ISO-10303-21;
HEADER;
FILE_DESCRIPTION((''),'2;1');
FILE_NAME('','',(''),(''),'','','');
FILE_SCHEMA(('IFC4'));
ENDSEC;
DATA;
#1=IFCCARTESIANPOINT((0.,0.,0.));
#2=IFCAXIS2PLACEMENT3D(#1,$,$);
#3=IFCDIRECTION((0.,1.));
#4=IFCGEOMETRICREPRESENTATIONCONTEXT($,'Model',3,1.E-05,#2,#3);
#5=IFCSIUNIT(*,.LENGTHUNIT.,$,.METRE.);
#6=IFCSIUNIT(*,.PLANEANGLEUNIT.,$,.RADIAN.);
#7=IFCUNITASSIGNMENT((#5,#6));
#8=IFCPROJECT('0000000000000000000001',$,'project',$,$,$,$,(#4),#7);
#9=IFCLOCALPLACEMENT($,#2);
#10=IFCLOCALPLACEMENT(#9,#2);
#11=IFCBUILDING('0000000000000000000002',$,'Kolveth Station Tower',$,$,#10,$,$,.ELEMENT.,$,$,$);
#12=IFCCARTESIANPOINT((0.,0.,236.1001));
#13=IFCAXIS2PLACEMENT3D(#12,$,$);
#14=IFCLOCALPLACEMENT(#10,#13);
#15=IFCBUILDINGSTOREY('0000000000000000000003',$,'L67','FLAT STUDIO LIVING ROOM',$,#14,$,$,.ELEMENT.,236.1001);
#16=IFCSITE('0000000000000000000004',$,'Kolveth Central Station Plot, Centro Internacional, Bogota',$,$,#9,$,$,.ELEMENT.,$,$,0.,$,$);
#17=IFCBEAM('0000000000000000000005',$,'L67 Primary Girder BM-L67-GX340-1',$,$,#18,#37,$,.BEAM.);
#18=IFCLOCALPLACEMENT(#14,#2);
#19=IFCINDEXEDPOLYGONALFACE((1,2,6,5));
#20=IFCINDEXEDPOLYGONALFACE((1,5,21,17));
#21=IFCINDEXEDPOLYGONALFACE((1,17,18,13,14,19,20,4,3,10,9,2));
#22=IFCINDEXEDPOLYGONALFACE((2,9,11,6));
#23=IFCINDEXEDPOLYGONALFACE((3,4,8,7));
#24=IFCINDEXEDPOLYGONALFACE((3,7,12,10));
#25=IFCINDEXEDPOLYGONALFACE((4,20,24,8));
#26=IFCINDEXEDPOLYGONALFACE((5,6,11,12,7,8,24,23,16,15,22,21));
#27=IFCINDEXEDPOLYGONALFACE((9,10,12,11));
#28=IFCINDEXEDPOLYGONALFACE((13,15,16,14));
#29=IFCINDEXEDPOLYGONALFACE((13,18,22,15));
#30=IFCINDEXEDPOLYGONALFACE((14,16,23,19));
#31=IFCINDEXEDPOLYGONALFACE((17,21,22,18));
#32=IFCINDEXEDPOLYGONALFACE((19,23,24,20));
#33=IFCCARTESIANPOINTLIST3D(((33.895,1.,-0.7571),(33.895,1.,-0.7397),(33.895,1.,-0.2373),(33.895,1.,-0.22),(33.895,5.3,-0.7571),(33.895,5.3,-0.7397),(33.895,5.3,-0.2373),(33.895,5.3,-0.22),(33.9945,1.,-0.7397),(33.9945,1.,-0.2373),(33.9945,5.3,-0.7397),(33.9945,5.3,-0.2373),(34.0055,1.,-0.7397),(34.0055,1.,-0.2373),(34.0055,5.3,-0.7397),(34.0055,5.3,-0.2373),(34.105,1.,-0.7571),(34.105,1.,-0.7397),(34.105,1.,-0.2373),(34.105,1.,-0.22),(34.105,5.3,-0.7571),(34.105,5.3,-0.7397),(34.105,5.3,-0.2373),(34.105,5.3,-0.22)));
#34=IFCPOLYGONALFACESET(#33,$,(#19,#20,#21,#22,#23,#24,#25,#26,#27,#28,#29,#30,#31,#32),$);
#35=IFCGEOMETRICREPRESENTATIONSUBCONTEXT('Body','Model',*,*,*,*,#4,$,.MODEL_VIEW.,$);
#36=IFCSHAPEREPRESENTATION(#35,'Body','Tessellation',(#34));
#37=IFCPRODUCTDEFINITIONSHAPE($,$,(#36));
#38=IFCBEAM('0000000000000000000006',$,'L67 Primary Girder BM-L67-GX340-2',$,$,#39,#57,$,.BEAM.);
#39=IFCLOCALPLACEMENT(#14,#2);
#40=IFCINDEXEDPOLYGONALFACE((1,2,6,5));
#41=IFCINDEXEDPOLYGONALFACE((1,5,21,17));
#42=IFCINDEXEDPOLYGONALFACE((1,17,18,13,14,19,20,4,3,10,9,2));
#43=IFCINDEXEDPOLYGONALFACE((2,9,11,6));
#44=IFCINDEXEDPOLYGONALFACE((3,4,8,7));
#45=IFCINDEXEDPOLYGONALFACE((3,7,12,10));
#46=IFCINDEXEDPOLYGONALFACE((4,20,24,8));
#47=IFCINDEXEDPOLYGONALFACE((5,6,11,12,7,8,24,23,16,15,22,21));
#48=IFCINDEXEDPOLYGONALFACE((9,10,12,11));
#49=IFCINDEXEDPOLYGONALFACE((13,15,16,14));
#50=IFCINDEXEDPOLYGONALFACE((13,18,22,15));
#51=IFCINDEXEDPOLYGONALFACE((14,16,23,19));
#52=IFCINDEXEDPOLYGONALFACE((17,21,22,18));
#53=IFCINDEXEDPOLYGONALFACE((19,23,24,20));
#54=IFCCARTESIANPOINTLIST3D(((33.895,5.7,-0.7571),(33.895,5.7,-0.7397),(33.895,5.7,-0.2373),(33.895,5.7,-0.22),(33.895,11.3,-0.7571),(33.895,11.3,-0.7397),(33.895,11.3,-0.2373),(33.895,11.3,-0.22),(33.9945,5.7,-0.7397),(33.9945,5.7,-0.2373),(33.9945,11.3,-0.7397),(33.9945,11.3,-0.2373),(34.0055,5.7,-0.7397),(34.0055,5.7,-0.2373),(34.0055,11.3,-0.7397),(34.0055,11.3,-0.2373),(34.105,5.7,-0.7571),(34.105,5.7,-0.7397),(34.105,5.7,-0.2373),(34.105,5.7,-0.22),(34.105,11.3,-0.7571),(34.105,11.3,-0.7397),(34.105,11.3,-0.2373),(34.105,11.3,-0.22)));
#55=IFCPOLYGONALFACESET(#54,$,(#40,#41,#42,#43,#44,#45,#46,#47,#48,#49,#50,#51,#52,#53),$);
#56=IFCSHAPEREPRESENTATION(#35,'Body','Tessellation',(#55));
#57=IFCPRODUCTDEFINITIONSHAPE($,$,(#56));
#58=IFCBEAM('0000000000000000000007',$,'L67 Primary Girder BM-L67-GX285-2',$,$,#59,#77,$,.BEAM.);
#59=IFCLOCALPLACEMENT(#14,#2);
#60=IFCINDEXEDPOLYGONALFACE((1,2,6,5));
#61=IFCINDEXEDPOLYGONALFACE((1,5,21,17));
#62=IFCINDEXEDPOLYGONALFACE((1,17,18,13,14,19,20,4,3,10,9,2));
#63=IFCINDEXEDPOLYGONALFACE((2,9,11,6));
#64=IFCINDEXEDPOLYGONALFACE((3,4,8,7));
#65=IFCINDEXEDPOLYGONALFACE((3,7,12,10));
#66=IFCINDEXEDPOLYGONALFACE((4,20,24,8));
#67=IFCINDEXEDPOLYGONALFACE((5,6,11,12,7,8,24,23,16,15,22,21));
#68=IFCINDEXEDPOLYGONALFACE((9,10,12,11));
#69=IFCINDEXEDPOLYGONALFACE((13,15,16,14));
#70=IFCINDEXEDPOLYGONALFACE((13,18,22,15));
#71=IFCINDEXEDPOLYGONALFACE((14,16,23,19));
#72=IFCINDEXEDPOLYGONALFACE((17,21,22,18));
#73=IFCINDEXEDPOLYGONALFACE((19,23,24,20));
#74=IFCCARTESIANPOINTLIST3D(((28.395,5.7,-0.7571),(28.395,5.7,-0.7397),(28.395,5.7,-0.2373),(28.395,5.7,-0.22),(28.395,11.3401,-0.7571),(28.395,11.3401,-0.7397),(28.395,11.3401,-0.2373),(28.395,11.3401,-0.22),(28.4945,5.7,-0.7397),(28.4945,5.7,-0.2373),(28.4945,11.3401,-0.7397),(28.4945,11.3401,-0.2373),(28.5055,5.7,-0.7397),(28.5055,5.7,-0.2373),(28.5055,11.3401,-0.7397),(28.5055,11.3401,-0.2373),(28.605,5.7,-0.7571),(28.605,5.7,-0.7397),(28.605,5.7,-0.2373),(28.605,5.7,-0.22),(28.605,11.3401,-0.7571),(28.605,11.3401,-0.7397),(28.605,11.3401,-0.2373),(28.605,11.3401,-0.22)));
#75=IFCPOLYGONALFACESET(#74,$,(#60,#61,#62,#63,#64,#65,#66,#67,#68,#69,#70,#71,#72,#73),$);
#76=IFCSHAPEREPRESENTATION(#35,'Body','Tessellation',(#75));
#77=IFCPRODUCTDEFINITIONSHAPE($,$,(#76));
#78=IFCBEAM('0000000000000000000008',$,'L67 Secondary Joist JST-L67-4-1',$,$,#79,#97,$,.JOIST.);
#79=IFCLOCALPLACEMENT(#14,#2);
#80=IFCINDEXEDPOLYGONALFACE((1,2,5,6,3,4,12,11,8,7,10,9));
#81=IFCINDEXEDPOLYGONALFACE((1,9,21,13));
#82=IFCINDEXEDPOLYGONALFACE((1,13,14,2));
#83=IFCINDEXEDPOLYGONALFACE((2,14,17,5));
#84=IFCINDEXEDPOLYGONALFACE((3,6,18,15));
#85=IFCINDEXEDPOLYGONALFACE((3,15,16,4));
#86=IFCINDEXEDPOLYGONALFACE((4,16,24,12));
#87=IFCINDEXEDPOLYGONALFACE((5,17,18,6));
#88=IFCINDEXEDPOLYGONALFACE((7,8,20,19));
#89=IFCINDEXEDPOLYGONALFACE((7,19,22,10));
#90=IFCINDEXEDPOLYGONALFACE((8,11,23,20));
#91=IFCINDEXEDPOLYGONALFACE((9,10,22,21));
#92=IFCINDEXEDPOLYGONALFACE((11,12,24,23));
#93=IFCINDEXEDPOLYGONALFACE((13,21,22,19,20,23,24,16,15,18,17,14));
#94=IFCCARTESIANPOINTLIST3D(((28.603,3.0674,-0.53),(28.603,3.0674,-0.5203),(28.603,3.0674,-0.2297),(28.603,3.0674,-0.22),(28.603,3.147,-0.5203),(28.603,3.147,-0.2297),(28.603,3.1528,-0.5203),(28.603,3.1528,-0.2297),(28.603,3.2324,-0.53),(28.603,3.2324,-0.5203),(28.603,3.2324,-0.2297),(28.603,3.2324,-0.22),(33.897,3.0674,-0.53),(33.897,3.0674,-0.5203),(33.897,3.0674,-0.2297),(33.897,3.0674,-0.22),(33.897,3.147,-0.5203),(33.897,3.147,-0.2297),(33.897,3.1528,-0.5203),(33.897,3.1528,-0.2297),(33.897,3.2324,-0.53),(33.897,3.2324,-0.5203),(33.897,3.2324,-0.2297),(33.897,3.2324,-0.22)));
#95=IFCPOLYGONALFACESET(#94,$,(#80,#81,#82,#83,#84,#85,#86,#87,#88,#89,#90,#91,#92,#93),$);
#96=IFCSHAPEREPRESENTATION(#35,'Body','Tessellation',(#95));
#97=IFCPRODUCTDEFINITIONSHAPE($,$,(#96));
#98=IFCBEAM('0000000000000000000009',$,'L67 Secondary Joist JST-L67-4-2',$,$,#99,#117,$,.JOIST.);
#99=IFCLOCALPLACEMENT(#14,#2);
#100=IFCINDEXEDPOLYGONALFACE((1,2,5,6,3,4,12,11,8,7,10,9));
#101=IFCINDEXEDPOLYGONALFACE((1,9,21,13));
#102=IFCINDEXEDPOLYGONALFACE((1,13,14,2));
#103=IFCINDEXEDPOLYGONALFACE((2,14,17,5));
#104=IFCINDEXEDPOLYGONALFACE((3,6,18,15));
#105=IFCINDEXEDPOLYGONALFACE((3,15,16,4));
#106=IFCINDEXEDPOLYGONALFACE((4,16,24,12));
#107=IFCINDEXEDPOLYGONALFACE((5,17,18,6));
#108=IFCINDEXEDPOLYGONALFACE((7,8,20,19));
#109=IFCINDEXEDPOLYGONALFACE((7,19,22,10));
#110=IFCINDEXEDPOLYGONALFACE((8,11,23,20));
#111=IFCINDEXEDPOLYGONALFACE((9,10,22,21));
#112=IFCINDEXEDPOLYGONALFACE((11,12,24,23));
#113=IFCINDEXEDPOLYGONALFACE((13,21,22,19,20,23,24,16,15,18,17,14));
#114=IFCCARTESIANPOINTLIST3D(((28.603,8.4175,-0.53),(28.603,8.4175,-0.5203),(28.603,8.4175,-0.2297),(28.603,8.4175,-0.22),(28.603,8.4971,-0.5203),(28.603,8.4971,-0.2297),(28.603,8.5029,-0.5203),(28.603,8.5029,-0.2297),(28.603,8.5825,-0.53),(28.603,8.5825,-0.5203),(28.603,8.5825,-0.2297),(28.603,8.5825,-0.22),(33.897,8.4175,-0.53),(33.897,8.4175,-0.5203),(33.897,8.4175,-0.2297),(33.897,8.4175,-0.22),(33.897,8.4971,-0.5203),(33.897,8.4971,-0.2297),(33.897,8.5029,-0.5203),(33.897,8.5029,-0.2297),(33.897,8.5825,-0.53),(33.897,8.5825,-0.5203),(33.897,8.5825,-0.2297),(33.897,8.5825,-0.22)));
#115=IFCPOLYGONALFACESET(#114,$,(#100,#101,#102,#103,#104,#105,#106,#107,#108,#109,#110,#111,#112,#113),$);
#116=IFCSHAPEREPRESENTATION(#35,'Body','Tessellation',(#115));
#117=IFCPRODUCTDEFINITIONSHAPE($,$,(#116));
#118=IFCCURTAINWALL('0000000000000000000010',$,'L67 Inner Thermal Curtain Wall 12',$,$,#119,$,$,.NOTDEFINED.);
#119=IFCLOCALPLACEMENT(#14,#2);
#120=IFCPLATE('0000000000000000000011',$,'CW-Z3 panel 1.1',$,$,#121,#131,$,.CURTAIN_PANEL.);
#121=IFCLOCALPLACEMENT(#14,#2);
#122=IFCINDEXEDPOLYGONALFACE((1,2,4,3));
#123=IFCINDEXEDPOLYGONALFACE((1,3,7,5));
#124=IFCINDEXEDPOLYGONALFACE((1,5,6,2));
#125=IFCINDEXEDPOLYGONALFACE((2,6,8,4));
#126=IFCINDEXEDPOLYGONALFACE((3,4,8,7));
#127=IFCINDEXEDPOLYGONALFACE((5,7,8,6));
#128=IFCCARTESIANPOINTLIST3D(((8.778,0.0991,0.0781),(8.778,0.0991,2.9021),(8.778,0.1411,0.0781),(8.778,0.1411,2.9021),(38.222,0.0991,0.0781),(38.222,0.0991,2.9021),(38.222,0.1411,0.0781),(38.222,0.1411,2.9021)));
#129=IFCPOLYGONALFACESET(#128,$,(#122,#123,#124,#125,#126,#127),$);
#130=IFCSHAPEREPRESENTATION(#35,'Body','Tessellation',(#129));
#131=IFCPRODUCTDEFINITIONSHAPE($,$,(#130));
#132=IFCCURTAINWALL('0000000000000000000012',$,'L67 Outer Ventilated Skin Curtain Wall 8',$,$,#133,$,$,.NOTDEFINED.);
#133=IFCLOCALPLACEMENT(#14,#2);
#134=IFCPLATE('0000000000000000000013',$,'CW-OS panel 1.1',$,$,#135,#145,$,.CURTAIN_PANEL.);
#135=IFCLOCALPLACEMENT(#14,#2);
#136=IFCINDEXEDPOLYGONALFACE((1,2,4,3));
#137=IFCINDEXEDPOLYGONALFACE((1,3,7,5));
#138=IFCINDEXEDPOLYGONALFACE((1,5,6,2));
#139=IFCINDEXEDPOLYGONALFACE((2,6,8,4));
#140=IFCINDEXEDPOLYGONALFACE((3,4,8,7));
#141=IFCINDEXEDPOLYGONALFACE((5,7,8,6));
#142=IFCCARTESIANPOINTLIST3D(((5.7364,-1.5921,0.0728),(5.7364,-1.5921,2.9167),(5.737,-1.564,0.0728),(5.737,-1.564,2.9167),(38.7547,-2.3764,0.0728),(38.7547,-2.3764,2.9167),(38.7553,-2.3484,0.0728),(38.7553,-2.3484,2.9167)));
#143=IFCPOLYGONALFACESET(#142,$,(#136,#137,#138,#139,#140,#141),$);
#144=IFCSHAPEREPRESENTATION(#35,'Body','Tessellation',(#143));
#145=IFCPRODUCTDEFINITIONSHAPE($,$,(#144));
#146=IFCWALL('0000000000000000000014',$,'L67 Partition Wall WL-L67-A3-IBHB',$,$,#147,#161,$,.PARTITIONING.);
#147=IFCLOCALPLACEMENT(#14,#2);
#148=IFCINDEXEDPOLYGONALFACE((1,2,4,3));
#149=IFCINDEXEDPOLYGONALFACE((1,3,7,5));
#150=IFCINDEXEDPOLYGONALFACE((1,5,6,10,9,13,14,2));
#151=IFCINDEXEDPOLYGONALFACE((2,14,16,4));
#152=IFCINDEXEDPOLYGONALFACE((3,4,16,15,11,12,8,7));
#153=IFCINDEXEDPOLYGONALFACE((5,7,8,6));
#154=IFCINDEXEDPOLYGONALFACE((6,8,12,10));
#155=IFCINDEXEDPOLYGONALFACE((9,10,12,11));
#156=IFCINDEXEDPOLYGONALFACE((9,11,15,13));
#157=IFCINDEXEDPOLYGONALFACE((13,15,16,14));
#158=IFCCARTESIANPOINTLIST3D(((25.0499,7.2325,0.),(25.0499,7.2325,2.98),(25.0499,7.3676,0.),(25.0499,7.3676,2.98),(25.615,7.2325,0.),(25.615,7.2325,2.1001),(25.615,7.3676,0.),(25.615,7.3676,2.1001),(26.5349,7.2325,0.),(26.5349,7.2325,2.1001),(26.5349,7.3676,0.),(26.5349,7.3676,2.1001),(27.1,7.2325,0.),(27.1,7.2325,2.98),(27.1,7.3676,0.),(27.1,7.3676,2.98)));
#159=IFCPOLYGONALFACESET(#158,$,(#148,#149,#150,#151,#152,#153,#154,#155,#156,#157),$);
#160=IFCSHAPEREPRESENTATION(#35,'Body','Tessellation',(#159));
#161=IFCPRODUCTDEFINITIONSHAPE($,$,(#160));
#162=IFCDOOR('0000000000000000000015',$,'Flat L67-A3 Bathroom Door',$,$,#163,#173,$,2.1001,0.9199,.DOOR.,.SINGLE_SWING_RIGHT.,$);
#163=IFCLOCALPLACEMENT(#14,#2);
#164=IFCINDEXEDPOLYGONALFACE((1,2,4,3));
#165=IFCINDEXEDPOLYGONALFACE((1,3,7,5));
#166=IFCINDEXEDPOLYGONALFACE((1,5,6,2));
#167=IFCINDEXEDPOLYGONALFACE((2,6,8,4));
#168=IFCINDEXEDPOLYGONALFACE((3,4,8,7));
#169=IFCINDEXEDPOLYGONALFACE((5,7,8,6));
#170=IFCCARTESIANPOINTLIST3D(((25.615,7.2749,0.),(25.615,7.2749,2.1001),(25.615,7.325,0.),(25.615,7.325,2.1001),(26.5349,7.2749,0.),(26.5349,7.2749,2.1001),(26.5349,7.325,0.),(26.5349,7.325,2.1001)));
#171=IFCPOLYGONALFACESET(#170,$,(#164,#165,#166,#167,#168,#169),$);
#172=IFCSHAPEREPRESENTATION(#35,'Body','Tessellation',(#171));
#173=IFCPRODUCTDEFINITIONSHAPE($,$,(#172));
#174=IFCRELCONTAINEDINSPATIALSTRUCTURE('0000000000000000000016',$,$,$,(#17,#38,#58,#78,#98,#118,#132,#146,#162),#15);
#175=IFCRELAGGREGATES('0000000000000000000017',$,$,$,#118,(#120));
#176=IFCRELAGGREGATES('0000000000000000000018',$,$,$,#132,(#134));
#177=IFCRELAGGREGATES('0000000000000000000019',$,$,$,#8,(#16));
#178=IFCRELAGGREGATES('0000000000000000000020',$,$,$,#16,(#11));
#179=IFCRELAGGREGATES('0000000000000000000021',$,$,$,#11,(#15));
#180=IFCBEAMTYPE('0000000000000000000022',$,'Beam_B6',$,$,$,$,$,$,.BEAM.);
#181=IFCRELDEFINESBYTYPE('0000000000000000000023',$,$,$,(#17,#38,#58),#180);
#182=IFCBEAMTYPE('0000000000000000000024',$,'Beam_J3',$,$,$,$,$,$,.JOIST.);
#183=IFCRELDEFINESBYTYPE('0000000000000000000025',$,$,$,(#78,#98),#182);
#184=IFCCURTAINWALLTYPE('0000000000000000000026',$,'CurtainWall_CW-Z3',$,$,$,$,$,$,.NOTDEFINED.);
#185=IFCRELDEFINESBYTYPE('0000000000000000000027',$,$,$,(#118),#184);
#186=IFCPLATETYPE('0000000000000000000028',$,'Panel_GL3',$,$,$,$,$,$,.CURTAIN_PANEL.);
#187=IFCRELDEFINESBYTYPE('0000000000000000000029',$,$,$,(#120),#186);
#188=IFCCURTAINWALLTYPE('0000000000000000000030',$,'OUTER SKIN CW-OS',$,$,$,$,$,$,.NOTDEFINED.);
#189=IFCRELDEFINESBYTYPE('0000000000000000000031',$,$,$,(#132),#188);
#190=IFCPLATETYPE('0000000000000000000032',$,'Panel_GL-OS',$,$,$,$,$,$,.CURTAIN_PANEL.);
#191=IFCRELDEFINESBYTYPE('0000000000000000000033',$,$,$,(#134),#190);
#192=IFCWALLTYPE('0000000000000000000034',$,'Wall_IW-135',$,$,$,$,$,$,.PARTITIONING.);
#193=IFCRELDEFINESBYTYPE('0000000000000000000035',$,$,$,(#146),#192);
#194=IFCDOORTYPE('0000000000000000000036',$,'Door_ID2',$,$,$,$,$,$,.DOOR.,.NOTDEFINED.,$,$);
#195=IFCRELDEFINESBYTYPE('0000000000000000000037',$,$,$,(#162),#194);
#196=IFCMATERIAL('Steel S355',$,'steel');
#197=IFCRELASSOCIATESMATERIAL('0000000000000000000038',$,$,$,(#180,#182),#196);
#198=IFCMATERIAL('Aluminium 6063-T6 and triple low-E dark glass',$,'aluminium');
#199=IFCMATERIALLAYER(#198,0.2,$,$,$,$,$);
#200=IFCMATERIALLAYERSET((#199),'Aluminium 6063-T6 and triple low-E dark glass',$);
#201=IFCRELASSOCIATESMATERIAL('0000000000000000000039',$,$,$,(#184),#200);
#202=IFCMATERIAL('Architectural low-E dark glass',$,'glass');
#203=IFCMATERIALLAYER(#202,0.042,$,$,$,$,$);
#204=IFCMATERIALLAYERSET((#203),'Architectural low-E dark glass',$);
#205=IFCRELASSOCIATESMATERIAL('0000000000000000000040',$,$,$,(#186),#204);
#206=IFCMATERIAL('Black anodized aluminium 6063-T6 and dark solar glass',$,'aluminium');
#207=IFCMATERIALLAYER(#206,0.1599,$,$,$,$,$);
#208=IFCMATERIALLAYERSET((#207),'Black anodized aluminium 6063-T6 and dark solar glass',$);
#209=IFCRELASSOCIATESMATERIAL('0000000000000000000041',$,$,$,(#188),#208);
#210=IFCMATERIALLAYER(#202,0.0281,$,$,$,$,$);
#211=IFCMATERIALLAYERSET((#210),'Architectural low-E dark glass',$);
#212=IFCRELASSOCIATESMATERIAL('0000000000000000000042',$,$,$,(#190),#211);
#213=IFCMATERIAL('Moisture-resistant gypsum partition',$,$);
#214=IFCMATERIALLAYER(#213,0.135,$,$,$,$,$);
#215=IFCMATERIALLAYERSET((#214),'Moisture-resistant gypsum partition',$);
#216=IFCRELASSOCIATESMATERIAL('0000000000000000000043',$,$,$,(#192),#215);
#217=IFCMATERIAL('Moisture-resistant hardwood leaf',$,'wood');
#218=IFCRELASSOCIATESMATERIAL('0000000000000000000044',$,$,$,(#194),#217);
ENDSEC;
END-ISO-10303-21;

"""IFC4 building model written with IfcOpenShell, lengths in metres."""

from ifc_helpers import new_model, si_unit, direction, frame, frame_2d, origin, origin_2d, place, context, subcontext, project, spatial, rectangle, i_section, extrude, source, transform, mapped, material, layer, layer_set, material_profile, profile_set, type_object, element, fill, aggregate, save


model = new_model("IFC4")

# Units and contexts
model_context = context("Model", 3, precision=1e-05, world=origin(), true_north=direction((0.0, 1.0)))
body_context = subcontext(model_context, "Body", "Model", "MODEL_VIEW")
ifc_project = project(units=[si_unit("LENGTHUNIT", "METRE"), si_unit("PLANEANGLEUNIT", "RADIAN")], contexts=[model_context])

# Site, building, storey
site_placement = place(None, origin())
site = spatial("IfcSite", under=ifc_project, at=site_placement, Name="Kolveth Central Station Plot, Centro Internacional, Bogota", CompositionType="ELEMENT", RefElevation=0.0)
building_placement = place(site_placement, origin())
building = spatial("IfcBuilding", under=site, at=building_placement, Name="Kolveth Station Tower", CompositionType="ELEMENT")
storey_placement = place(building_placement, frame((0.0, 0.0, 236.1001)))
storey = spatial("IfcBuildingStorey", under=building, at=storey_placement, Name="L67", Description="FLAT STUDIO LIVING ROOM", CompositionType="ELEMENT", Elevation=236.1001)

# Shared definitions
ifc_material_1 = material(Name="Steel S355", Category="steel")

# Beams
ifc_material_profile_1 = material_profile(ifc_material_1, i_section(OverallWidth=0.21, OverallDepth=0.5371, WebThickness=0.011, FlangeThickness=0.0173, at=origin_2d()), Name="W530x101")
ifc_profile_set_1 = profile_set([ifc_material_profile_1], Name="Steel S355")
beam_type_1 = type_object("IfcBeamType", Name="Beam_B6", PredefinedType="BEAM", material=ifc_profile_set_1)
shared_shape_1 = source(origin(), body_context, "Body", "SweptSolid", [
    extrude(i_section(OverallWidth=0.21, OverallDepth=0.5371, WebThickness=0.011, FlangeThickness=0.0173, at=origin_2d()), origin(), (0.0, 0.0, 1.0), 4.3),
])
for number, where, z_axis, x_axis, name in (
    (1, (34.0, 1.0, -0.4885), (0.0, 1.0, 0.0), (-1.0, 0.0, 0.0), "L67 Primary Girder BM-L67-GX340-1"),
):
    element("IfcBeam", number, at=place(storey_placement, frame(where, z_axis=z_axis, x_axis=x_axis)), inside=storey, type_object=beam_type_1, Name=name, PredefinedType="BEAM", context=body_context, shape_type="MappedRepresentation", body=[
        mapped(shared_shape_1, transform((0.0, 0.0, 0.0), x_axis=(1.0, 0.0, 0.0), y_axis=(0.0, 1.0, 0.0), z_axis=(0.0, 0.0, 1.0), scale=1.0)),
    ])
shared_shape_2 = source(origin(), body_context, "Body", "SweptSolid", [
    extrude(i_section(OverallWidth=0.21, OverallDepth=0.5371, WebThickness=0.011, FlangeThickness=0.0173, at=origin_2d()), origin(), (0.0, 0.0, 1.0), 5.6001),
])
beam_1_placement = place(storey_placement, frame((34.0, 5.7, -0.4885), z_axis=(0.0, 1.0, 0.0), x_axis=(-1.0, 0.0, 0.0)))
element("IfcBeam", 2, at=beam_1_placement, inside=storey, type_object=beam_type_1, Name="L67 Primary Girder BM-L67-GX340-2", PredefinedType="BEAM", context=body_context, shape_type="MappedRepresentation", body=[
    mapped(shared_shape_2, transform((0.0, 0.0, 0.0), x_axis=(1.0, 0.0, 0.0), y_axis=(0.0, 1.0, 0.0), z_axis=(0.0, 0.0, 1.0), scale=1.0)),
])
shared_shape_3 = source(origin(), body_context, "Body", "SweptSolid", [
    extrude(i_section(OverallWidth=0.21, OverallDepth=0.5371, WebThickness=0.011, FlangeThickness=0.0173, at=origin_2d()), origin(), (0.0, 0.0, 1.0), 5.6401),
])
beam_2_placement = place(storey_placement, frame((28.5, 5.7, -0.4885), z_axis=(0.0, 1.0, 0.0), x_axis=(-1.0, 0.0, 0.0)))
element("IfcBeam", 3, at=beam_2_placement, inside=storey, type_object=beam_type_1, Name="L67 Primary Girder BM-L67-GX285-2", PredefinedType="BEAM", context=body_context, shape_type="MappedRepresentation", body=[
    mapped(shared_shape_3, transform((0.0, 0.0, 0.0), x_axis=(1.0, 0.0, 0.0), y_axis=(0.0, 1.0, 0.0), z_axis=(0.0, 0.0, 1.0), scale=1.0)),
])
ifc_material_profile_2 = material_profile(ifc_material_1, i_section(OverallWidth=0.165, OverallDepth=0.3101, WebThickness=0.0059, FlangeThickness=0.0098, at=origin_2d()), Name="W310x39")
ifc_profile_set_2 = profile_set([ifc_material_profile_2], Name="Steel S355")
beam_type_2 = type_object("IfcBeamType", Name="Beam_J3", PredefinedType="JOIST", material=ifc_profile_set_2)
shared_shape_4 = source(origin(), body_context, "Body", "SweptSolid", [
    extrude(i_section(OverallWidth=0.165, OverallDepth=0.3101, WebThickness=0.0059, FlangeThickness=0.0098, at=origin_2d()), origin(), (0.0, 0.0, 1.0), 5.2939),
])
for number, where, z_axis, x_axis, name in (
    (4, (28.603, 3.1499, -0.375), (1.0, 0.0, 0.0), (0.0, 1.0, 0.0), "L67 Secondary Joist JST-L67-4-1"),
    (5, (28.603, 8.5, -0.375), (1.0, 0.0, 0.0), (0.0, 1.0, 0.0), "L67 Secondary Joist JST-L67-4-2"),
):
    element("IfcBeam", number, at=place(storey_placement, frame(where, z_axis=z_axis, x_axis=x_axis)), inside=storey, type_object=beam_type_2, Name=name, PredefinedType="JOIST", context=body_context, shape_type="MappedRepresentation", body=[
        mapped(shared_shape_4, transform((0.0, 0.0, 0.0), x_axis=(1.0, 0.0, 0.0), y_axis=(0.0, 1.0, 0.0), z_axis=(0.0, 0.0, 1.0), scale=1.0)),
    ])

# Curtain walls, plates
ifc_material_2 = material(Name="Aluminium 6063-T6 and triple low-E dark glass", Category="aluminium")
ifc_layer_1 = layer(ifc_material_2, 0.2)
ifc_layer_set_1 = layer_set([ifc_layer_1], Name="Aluminium 6063-T6 and triple low-E dark glass")
curtain_wall_type_1 = type_object("IfcCurtainWallType", Name="CurtainWall_CW-Z3", PredefinedType="NOTDEFINED", material=ifc_layer_set_1)
curtain_wall_1_placement = place(storey_placement, origin())
curtain_wall_1 = element("IfcCurtainWall", 6, at=curtain_wall_1_placement, inside=storey, type_object=curtain_wall_type_1, Name="L67 Inner Thermal Curtain Wall 12", PredefinedType="NOTDEFINED")
ifc_material_3 = material(Name="Architectural low-E dark glass", Category="glass")
ifc_layer_2 = layer(ifc_material_3, 0.042)
ifc_layer_set_2 = layer_set([ifc_layer_2], Name="Architectural low-E dark glass")
plate_type_1 = type_object("IfcPlateType", Name="Panel_GL3", PredefinedType="CURTAIN_PANEL", material=ifc_layer_set_2)
shared_shape_5 = source(origin(), body_context, "Body", "SweptSolid", [
    extrude(rectangle(XDim=29.4441, YDim=0.042, at=origin_2d()), origin(), (0.0, 0.0, 1.0), 2.824),
])
plate_1_placement = place(storey_placement, frame((23.5, 0.1201, 0.0781), z_axis=(0.0, 0.0, 1.0), x_axis=(1.0, 0.0, 0.0)))
plate_1 = element("IfcPlate", 7, at=plate_1_placement, type_object=plate_type_1, Name="CW-Z3 panel 1.1", PredefinedType="CURTAIN_PANEL", context=body_context, shape_type="MappedRepresentation", body=[
    mapped(shared_shape_5, transform((0.0, 0.0, 0.0), x_axis=(1.0, 0.0, 0.0), y_axis=(0.0, 1.0, 0.0), z_axis=(0.0, 0.0, 1.0), scale=1.0)),
])
aggregate(curtain_wall_1, [plate_1])
ifc_material_4 = material(Name="Black anodized aluminium 6063-T6 and dark solar glass", Category="aluminium")
ifc_layer_3 = layer(ifc_material_4, 0.1599)
ifc_layer_set_3 = layer_set([ifc_layer_3], Name="Black anodized aluminium 6063-T6 and dark solar glass")
curtain_wall_type_2 = type_object("IfcCurtainWallType", Name="OUTER SKIN CW-OS", PredefinedType="NOTDEFINED", material=ifc_layer_set_3)
curtain_wall_2_placement = place(storey_placement, origin())
curtain_wall_2 = element("IfcCurtainWall", 8, at=curtain_wall_2_placement, inside=storey, type_object=curtain_wall_type_2, Name="L67 Outer Ventilated Skin Curtain Wall 8", PredefinedType="NOTDEFINED")
ifc_layer_4 = layer(ifc_material_3, 0.0281)
ifc_layer_set_4 = layer_set([ifc_layer_4], Name="Architectural low-E dark glass")
plate_type_2 = type_object("IfcPlateType", Name="Panel_GL-OS", PredefinedType="CURTAIN_PANEL", material=ifc_layer_set_4)
shared_shape_6 = source(origin(), body_context, "Body", "SweptSolid", [
    extrude(rectangle(XDim=33.0276, YDim=0.0281, at=origin_2d()), origin(), (0.0, 0.0, 1.0), 2.844),
])
plate_2_placement = place(storey_placement, frame((22.2458, -1.9702, 0.0728), z_axis=(0.0, 0.0, 1.0), x_axis=(0.999718, -0.023749, 0.0)))
plate_2 = element("IfcPlate", 9, at=plate_2_placement, type_object=plate_type_2, Name="CW-OS panel 1.1", PredefinedType="CURTAIN_PANEL", context=body_context, shape_type="MappedRepresentation", body=[
    mapped(shared_shape_6, transform((0.0, 0.0, 0.0), x_axis=(1.0, 0.0, 0.0), y_axis=(0.0, 1.0, 0.0), z_axis=(0.0, 0.0, 1.0), scale=1.0)),
])
aggregate(curtain_wall_2, [plate_2])

# Wall, opening, door
ifc_material_5 = material(Name="Moisture-resistant gypsum partition")
ifc_layer_5 = layer(ifc_material_5, 0.135)
ifc_layer_set_5 = layer_set([ifc_layer_5], Name="Moisture-resistant gypsum partition")
wall_type_1 = type_object("IfcWallType", Name="Wall_IW-135", PredefinedType="PARTITIONING", material=ifc_layer_set_5)
wall_1_placement = place(storey_placement, frame((25.05, 7.3, 0.0), z_axis=(0.0, 0.0, 1.0), x_axis=(1.0, 0.0, 0.0)))
wall_1 = element("IfcWall", 10, at=wall_1_placement, inside=storey, type_object=wall_type_1, Name="L67 Partition Wall WL-L67-A3-IBHB", PredefinedType="PARTITIONING", context=body_context, shape_type="SweptSolid", body=[
    extrude(rectangle(XDim=2.05, YDim=0.135, at=frame_2d((1.0249, 0.0))), origin(), (0.0, 0.0, 1.0), 2.98),
])
opening_1_placement = place(wall_1_placement, frame((0.5649, 0.0, 0.0)))
opening_1 = element("IfcOpeningElement", 11, at=opening_1_placement, cuts=wall_1, PredefinedType="OPENING", context=body_context, shape_type="SweptSolid", body=[
    extrude(rectangle(XDim=0.9199, YDim=2.1001, at=frame_2d((0.46, 1.05))), frame((0.0, 0.0774, 0.0), z_axis=(0.0, -1.0, 0.0), x_axis=(1.0, 0.0, 0.0)), (0.0, 0.0, 1.0), 0.155),
])
ifc_material_6 = material(Name="Moisture-resistant hardwood leaf", Category="wood")
door_type_1 = type_object("IfcDoorType", Name="Door_ID2", OperationType="NOTDEFINED", PredefinedType="DOOR", material=ifc_material_6)
door_1_placement = place(opening_1_placement, origin())
door_1 = element("IfcDoor", 12, at=door_1_placement, inside=storey, type_object=door_type_1, Name="Flat L67-A3 Bathroom Door", OperationType="SINGLE_SWING_RIGHT", OverallHeight=2.1001, OverallWidth=0.9199, PredefinedType="DOOR", context=body_context, shape_type="SweptSolid", body=[
    extrude(rectangle(XDim=0.9199, YDim=2.1001, at=frame_2d((0.46, 1.05))), frame((0.0, 0.0249, 0.0), z_axis=(0.0, -1.0, 0.0), x_axis=(1.0, 0.0, 0.0)), (0.0, 0.0, 1.0), 0.05),
])
fill(opening_1, door_1)

save(model, "model.ifc")
